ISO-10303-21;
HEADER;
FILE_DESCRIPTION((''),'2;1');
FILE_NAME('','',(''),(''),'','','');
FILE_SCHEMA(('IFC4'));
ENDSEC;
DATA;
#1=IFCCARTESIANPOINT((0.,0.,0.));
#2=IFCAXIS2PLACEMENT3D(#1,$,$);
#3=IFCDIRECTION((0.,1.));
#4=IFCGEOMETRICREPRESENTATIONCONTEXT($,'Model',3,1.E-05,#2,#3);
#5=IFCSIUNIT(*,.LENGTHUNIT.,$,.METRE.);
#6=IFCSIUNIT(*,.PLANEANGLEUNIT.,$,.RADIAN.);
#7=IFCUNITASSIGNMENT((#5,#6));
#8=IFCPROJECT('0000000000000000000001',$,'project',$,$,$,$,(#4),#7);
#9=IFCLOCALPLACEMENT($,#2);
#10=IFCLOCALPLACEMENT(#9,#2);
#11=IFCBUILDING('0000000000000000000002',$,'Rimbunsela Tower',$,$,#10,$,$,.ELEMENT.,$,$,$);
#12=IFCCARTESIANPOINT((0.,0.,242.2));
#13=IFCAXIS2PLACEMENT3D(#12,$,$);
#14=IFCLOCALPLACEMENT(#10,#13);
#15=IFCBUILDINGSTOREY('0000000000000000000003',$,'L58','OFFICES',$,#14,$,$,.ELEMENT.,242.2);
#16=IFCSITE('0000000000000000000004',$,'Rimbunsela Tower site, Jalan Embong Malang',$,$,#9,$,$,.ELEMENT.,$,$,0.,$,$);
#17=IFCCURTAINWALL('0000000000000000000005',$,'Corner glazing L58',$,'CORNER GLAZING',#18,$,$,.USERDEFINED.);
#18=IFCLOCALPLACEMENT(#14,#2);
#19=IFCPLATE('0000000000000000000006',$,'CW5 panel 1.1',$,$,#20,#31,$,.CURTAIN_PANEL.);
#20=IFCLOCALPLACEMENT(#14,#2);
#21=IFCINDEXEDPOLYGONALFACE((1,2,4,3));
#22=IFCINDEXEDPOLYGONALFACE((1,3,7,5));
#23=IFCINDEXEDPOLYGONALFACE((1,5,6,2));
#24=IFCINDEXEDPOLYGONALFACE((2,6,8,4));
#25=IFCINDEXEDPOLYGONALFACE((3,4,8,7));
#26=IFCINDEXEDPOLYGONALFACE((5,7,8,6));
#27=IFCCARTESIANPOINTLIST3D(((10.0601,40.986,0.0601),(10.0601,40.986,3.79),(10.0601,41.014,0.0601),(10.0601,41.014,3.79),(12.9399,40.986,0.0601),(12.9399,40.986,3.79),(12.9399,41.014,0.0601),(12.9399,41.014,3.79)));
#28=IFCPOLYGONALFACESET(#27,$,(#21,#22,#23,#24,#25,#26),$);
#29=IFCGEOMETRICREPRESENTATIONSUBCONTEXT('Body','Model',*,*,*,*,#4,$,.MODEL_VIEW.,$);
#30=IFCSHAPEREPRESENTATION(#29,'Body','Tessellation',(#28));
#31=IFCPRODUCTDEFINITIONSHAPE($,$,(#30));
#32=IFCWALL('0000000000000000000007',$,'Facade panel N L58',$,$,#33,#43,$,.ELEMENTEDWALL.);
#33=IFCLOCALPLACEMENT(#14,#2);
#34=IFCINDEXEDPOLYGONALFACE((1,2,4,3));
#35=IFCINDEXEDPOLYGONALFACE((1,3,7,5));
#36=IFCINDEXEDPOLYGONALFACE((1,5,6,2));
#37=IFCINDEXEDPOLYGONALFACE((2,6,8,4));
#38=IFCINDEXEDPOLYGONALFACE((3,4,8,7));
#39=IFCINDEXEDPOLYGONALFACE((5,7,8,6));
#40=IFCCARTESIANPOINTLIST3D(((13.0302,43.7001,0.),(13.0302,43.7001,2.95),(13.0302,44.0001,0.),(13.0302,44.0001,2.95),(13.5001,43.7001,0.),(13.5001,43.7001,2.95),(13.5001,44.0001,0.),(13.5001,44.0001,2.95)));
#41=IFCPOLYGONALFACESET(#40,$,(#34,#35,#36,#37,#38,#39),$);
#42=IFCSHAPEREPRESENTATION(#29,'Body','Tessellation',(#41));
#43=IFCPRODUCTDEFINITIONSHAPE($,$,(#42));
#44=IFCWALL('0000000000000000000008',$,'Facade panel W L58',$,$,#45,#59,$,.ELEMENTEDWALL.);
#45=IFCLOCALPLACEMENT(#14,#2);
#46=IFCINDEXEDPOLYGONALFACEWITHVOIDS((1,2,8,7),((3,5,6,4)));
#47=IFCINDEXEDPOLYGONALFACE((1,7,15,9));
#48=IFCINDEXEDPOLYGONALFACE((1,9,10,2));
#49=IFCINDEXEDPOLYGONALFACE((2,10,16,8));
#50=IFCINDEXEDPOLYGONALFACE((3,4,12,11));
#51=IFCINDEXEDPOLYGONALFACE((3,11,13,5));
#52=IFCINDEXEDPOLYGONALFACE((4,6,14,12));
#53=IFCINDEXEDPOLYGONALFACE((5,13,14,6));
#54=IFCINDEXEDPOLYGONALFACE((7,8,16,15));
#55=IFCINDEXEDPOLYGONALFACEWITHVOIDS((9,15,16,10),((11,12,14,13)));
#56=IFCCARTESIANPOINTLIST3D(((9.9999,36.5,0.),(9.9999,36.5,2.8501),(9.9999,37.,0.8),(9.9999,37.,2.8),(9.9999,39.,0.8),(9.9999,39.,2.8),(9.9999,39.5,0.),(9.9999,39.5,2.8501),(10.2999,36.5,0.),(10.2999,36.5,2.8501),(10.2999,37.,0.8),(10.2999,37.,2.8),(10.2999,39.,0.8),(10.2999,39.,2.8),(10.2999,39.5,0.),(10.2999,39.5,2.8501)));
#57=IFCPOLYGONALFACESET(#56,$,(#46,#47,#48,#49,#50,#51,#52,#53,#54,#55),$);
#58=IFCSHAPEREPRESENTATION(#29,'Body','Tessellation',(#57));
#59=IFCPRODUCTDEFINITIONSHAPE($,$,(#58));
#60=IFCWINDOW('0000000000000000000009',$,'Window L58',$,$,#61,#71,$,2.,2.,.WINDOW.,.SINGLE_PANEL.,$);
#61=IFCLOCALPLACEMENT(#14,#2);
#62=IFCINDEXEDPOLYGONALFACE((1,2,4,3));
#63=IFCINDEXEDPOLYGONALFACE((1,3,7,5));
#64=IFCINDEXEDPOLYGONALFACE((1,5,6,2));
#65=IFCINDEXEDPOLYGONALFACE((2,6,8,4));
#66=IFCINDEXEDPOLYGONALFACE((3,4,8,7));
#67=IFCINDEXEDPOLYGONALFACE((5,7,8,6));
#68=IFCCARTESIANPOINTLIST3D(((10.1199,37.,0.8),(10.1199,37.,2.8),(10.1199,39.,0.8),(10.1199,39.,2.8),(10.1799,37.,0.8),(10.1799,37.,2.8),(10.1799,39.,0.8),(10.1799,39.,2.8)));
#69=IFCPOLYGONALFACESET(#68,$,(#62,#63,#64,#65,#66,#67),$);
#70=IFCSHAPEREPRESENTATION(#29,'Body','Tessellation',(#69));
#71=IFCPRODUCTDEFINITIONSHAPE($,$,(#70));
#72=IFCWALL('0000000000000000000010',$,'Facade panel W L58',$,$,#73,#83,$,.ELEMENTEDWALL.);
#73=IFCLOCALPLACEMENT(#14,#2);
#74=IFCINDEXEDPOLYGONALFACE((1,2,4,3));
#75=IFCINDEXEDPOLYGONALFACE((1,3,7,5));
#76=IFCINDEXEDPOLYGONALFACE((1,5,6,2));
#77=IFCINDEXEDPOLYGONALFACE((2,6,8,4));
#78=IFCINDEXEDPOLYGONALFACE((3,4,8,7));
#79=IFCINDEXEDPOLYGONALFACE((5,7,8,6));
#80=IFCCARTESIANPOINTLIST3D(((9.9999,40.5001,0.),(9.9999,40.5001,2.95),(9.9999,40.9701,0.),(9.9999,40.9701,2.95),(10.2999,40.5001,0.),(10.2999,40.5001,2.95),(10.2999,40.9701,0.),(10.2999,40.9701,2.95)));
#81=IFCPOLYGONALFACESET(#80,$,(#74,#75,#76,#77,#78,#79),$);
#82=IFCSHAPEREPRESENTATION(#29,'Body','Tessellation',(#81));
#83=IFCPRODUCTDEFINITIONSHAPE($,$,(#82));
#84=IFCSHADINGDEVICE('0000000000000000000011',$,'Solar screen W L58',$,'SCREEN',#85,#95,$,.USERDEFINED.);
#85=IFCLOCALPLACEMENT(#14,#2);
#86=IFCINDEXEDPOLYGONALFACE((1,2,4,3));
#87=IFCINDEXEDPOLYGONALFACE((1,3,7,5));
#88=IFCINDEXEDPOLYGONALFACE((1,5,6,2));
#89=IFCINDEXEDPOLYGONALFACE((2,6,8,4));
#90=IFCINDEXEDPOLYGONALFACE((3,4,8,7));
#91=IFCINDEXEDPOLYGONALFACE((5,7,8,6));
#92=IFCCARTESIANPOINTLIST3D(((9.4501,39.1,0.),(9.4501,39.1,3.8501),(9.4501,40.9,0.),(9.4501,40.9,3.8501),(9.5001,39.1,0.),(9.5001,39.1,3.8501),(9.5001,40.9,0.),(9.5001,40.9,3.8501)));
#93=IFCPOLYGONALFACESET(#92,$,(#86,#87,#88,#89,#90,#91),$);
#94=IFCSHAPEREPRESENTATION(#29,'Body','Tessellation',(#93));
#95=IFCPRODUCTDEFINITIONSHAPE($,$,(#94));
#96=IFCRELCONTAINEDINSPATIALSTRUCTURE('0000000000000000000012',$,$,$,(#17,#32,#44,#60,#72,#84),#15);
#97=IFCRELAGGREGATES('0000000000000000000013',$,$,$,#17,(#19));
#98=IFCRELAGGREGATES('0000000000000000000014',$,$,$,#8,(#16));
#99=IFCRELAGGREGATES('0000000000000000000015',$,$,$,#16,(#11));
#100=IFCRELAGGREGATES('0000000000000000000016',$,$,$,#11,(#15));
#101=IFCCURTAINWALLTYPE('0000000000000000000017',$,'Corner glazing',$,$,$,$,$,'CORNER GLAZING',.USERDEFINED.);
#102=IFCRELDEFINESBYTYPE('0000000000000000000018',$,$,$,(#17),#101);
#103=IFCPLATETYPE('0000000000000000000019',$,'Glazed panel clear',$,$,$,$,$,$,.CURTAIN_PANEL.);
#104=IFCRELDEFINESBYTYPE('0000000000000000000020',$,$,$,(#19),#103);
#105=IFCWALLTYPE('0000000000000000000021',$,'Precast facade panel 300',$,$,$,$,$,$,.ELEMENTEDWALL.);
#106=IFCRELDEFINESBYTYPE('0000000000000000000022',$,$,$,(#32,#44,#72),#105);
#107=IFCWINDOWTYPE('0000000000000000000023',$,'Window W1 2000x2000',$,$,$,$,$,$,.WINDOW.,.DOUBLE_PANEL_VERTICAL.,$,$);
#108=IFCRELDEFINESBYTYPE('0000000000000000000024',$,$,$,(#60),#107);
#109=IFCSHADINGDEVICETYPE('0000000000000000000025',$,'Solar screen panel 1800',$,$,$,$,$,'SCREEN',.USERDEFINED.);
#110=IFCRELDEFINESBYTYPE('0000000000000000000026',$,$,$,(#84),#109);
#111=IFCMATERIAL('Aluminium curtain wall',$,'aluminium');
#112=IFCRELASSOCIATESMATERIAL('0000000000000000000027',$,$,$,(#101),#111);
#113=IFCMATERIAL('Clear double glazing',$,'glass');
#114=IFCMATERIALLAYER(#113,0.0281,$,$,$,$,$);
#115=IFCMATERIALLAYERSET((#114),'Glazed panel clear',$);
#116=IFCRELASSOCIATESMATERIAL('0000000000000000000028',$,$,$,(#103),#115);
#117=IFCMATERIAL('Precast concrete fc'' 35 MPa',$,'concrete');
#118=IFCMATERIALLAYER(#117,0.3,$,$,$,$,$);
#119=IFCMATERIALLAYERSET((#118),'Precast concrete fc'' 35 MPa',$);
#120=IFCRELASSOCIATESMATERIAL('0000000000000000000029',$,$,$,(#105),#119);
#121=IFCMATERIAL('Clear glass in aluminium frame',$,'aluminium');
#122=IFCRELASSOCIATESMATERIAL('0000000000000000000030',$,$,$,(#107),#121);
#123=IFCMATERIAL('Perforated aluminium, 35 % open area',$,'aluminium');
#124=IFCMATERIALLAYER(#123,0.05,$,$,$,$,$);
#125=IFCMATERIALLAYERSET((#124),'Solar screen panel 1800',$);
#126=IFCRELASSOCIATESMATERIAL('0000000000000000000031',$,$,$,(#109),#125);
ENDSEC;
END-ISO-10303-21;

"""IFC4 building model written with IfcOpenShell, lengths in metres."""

from ifc_helpers import new_model, si_unit, direction, frame, frame_2d, origin, origin_2d, place, context, subcontext, project, spatial, rectangle, extrude, material, layer, layer_set, type_object, element, fill, aggregate, save


model = new_model("IFC4")

# Units and contexts
model_context = context("Model", 3, precision=1e-05, world=origin(), true_north=direction((0.0, 1.0)))
body_context = subcontext(model_context, "Body", "Model", "MODEL_VIEW")
ifc_project = project(units=[si_unit("LENGTHUNIT", "METRE"), si_unit("PLANEANGLEUNIT", "RADIAN")], contexts=[model_context])

# Site, building, storey
site_placement = place(None, origin())
site = spatial("IfcSite", under=ifc_project, at=site_placement, Name="Rimbunsela Tower site, Jalan Embong Malang", CompositionType="ELEMENT", RefElevation=0.0)
building_placement = place(site_placement, origin())
building = spatial("IfcBuilding", under=site, at=building_placement, Name="Rimbunsela Tower", CompositionType="ELEMENT")
storey_placement = place(building_placement, frame((0.0, 0.0, 242.2)))
storey = spatial("IfcBuildingStorey", under=building, at=storey_placement, Name="L58", Description="OFFICES", CompositionType="ELEMENT", Elevation=242.2)

# Curtain wall
ifc_material_1 = material(Name="Aluminium curtain wall", Category="aluminium")
curtain_wall_type = type_object("IfcCurtainWallType", Name="Corner glazing", ElementType="CORNER GLAZING", PredefinedType="USERDEFINED", material=ifc_material_1)
curtain_wall_1_placement = place(storey_placement, origin())
curtain_wall_1 = element("IfcCurtainWall", 1, at=curtain_wall_1_placement, inside=storey, type_object=curtain_wall_type, Name="Corner glazing L58", ObjectType="CORNER GLAZING", PredefinedType="USERDEFINED")

# Plate
ifc_material_2 = material(Name="Clear double glazing", Category="glass")
ifc_layer_1 = layer(ifc_material_2, 0.0281)
ifc_layer_set_1 = layer_set([ifc_layer_1], Name="Glazed panel clear")
plate_type = type_object("IfcPlateType", Name="Glazed panel clear", PredefinedType="CURTAIN_PANEL", material=ifc_layer_set_1)
plate_1_placement = place(storey_placement, frame((11.5, 41.0, 0.0601), z_axis=(0.0, 0.0, 1.0), x_axis=(-1.0, 0.0, 0.0)))
plate_1 = element("IfcPlate", 2, at=plate_1_placement, type_object=plate_type, Name="CW5 panel 1.1", PredefinedType="CURTAIN_PANEL", context=body_context, shape_type="SweptSolid", body=[
    extrude(rectangle(XDim=2.8799, YDim=0.0281, at=origin_2d()), origin(), (0.0, 0.0, 1.0), 3.73),
])
aggregate(curtain_wall_1, [plate_1])

# Wall
ifc_material_3 = material(Name="Precast concrete fc' 35 MPa", Category="concrete")
ifc_layer_2 = layer(ifc_material_3, 0.3)
ifc_layer_set_2 = layer_set([ifc_layer_2], Name="Precast concrete fc' 35 MPa")
wall_type = type_object("IfcWallType", Name="Precast facade panel 300", PredefinedType="ELEMENTEDWALL", material=ifc_layer_set_2)
wall_1_placement = place(storey_placement, frame((13.5, 43.8501, 0.0), z_axis=(0.0, 0.0, 1.0), x_axis=(-1.0, 0.0, 0.0)))
element("IfcWall", 3, at=wall_1_placement, inside=storey, type_object=wall_type, Name="Facade panel N L58", PredefinedType="ELEMENTEDWALL", context=body_context, shape_type="SweptSolid", body=[
    extrude(rectangle(XDim=0.47, YDim=0.3, at=frame_2d((0.2349, 0.0))), origin(), (0.0, 0.0, 1.0), 2.95),
])

# Wall, opening, window
wall_2_placement = place(storey_placement, frame((10.1499, 39.5, 0.0), z_axis=(0.0, 0.0, 1.0), x_axis=(0.0, -1.0, 0.0)))
wall_2 = element("IfcWall", 4, at=wall_2_placement, inside=storey, type_object=wall_type, Name="Facade panel W L58", PredefinedType="ELEMENTEDWALL", context=body_context, shape_type="SweptSolid", body=[
    extrude(rectangle(XDim=3.0, YDim=0.3, at=frame_2d((1.5, 0.0))), origin(), (0.0, 0.0, 1.0), 2.8501),
])
opening_placement = place(wall_2_placement, frame((0.5, 0.0, 0.8)))
opening = element("IfcOpeningElement", 5, at=opening_placement, cuts=wall_2, PredefinedType="OPENING", context=body_context, shape_type="SweptSolid", body=[
    extrude(rectangle(XDim=2.0, YDim=2.0, at=frame_2d((1.0, 1.0))), frame((0.0, 0.1599, 0.0), z_axis=(0.0, -1.0, 0.0), x_axis=(1.0, 0.0, 0.0)), (0.0, 0.0, 1.0), 0.3201),
])
ifc_material_4 = material(Name="Clear glass in aluminium frame", Category="aluminium")
window_type = type_object("IfcWindowType", Name="Window W1 2000x2000", PartitioningType="DOUBLE_PANEL_VERTICAL", PredefinedType="WINDOW", material=ifc_material_4)
window_placement = place(opening_placement, origin())
window = element("IfcWindow", 6, at=window_placement, inside=storey, type_object=window_type, Name="Window L58", OverallHeight=2.0, OverallWidth=2.0, PartitioningType="SINGLE_PANEL", PredefinedType="WINDOW", context=body_context, shape_type="SweptSolid", body=[
    extrude(rectangle(XDim=2.0, YDim=2.0, at=frame_2d((1.0, 1.0))), frame((0.0, 0.03, 0.0), z_axis=(0.0, -1.0, 0.0), x_axis=(1.0, 0.0, 0.0)), (0.0, 0.0, 1.0), 0.0601),
])
fill(opening, window)

# Wall
wall_3_placement = place(storey_placement, frame((10.1499, 40.97, 0.0), z_axis=(0.0, 0.0, 1.0), x_axis=(0.0, -1.0, 0.0)))
element("IfcWall", 7, at=wall_3_placement, inside=storey, type_object=wall_type, Name="Facade panel W L58", PredefinedType="ELEMENTEDWALL", context=body_context, shape_type="SweptSolid", body=[
    extrude(rectangle(XDim=0.47, YDim=0.3, at=frame_2d((0.2349, 0.0))), origin(), (0.0, 0.0, 1.0), 2.95),
])

# Shading device
ifc_material_5 = material(Name="Perforated aluminium, 35 % open area", Category="aluminium")
ifc_layer_3 = layer(ifc_material_5, 0.05)
ifc_layer_set_3 = layer_set([ifc_layer_3], Name="Solar screen panel 1800")
shading_device_type = type_object("IfcShadingDeviceType", Name="Solar screen panel 1800", ElementType="SCREEN", PredefinedType="USERDEFINED", material=ifc_layer_set_3)
shading_device_placement = place(storey_placement, frame((9.4751, 40.0, 0.0), z_axis=(0.0, 0.0, 1.0), x_axis=(0.0, 1.0, 0.0)))
element("IfcShadingDevice", 8, at=shading_device_placement, inside=storey, type_object=shading_device_type, Name="Solar screen W L58", ObjectType="SCREEN", PredefinedType="USERDEFINED", context=body_context, shape_type="SweptSolid", body=[
    extrude(rectangle(XDim=1.8, YDim=0.05, at=origin_2d()), origin(), (0.0, 0.0, 1.0), 3.8501),
])

save(model, "model.ifc")
